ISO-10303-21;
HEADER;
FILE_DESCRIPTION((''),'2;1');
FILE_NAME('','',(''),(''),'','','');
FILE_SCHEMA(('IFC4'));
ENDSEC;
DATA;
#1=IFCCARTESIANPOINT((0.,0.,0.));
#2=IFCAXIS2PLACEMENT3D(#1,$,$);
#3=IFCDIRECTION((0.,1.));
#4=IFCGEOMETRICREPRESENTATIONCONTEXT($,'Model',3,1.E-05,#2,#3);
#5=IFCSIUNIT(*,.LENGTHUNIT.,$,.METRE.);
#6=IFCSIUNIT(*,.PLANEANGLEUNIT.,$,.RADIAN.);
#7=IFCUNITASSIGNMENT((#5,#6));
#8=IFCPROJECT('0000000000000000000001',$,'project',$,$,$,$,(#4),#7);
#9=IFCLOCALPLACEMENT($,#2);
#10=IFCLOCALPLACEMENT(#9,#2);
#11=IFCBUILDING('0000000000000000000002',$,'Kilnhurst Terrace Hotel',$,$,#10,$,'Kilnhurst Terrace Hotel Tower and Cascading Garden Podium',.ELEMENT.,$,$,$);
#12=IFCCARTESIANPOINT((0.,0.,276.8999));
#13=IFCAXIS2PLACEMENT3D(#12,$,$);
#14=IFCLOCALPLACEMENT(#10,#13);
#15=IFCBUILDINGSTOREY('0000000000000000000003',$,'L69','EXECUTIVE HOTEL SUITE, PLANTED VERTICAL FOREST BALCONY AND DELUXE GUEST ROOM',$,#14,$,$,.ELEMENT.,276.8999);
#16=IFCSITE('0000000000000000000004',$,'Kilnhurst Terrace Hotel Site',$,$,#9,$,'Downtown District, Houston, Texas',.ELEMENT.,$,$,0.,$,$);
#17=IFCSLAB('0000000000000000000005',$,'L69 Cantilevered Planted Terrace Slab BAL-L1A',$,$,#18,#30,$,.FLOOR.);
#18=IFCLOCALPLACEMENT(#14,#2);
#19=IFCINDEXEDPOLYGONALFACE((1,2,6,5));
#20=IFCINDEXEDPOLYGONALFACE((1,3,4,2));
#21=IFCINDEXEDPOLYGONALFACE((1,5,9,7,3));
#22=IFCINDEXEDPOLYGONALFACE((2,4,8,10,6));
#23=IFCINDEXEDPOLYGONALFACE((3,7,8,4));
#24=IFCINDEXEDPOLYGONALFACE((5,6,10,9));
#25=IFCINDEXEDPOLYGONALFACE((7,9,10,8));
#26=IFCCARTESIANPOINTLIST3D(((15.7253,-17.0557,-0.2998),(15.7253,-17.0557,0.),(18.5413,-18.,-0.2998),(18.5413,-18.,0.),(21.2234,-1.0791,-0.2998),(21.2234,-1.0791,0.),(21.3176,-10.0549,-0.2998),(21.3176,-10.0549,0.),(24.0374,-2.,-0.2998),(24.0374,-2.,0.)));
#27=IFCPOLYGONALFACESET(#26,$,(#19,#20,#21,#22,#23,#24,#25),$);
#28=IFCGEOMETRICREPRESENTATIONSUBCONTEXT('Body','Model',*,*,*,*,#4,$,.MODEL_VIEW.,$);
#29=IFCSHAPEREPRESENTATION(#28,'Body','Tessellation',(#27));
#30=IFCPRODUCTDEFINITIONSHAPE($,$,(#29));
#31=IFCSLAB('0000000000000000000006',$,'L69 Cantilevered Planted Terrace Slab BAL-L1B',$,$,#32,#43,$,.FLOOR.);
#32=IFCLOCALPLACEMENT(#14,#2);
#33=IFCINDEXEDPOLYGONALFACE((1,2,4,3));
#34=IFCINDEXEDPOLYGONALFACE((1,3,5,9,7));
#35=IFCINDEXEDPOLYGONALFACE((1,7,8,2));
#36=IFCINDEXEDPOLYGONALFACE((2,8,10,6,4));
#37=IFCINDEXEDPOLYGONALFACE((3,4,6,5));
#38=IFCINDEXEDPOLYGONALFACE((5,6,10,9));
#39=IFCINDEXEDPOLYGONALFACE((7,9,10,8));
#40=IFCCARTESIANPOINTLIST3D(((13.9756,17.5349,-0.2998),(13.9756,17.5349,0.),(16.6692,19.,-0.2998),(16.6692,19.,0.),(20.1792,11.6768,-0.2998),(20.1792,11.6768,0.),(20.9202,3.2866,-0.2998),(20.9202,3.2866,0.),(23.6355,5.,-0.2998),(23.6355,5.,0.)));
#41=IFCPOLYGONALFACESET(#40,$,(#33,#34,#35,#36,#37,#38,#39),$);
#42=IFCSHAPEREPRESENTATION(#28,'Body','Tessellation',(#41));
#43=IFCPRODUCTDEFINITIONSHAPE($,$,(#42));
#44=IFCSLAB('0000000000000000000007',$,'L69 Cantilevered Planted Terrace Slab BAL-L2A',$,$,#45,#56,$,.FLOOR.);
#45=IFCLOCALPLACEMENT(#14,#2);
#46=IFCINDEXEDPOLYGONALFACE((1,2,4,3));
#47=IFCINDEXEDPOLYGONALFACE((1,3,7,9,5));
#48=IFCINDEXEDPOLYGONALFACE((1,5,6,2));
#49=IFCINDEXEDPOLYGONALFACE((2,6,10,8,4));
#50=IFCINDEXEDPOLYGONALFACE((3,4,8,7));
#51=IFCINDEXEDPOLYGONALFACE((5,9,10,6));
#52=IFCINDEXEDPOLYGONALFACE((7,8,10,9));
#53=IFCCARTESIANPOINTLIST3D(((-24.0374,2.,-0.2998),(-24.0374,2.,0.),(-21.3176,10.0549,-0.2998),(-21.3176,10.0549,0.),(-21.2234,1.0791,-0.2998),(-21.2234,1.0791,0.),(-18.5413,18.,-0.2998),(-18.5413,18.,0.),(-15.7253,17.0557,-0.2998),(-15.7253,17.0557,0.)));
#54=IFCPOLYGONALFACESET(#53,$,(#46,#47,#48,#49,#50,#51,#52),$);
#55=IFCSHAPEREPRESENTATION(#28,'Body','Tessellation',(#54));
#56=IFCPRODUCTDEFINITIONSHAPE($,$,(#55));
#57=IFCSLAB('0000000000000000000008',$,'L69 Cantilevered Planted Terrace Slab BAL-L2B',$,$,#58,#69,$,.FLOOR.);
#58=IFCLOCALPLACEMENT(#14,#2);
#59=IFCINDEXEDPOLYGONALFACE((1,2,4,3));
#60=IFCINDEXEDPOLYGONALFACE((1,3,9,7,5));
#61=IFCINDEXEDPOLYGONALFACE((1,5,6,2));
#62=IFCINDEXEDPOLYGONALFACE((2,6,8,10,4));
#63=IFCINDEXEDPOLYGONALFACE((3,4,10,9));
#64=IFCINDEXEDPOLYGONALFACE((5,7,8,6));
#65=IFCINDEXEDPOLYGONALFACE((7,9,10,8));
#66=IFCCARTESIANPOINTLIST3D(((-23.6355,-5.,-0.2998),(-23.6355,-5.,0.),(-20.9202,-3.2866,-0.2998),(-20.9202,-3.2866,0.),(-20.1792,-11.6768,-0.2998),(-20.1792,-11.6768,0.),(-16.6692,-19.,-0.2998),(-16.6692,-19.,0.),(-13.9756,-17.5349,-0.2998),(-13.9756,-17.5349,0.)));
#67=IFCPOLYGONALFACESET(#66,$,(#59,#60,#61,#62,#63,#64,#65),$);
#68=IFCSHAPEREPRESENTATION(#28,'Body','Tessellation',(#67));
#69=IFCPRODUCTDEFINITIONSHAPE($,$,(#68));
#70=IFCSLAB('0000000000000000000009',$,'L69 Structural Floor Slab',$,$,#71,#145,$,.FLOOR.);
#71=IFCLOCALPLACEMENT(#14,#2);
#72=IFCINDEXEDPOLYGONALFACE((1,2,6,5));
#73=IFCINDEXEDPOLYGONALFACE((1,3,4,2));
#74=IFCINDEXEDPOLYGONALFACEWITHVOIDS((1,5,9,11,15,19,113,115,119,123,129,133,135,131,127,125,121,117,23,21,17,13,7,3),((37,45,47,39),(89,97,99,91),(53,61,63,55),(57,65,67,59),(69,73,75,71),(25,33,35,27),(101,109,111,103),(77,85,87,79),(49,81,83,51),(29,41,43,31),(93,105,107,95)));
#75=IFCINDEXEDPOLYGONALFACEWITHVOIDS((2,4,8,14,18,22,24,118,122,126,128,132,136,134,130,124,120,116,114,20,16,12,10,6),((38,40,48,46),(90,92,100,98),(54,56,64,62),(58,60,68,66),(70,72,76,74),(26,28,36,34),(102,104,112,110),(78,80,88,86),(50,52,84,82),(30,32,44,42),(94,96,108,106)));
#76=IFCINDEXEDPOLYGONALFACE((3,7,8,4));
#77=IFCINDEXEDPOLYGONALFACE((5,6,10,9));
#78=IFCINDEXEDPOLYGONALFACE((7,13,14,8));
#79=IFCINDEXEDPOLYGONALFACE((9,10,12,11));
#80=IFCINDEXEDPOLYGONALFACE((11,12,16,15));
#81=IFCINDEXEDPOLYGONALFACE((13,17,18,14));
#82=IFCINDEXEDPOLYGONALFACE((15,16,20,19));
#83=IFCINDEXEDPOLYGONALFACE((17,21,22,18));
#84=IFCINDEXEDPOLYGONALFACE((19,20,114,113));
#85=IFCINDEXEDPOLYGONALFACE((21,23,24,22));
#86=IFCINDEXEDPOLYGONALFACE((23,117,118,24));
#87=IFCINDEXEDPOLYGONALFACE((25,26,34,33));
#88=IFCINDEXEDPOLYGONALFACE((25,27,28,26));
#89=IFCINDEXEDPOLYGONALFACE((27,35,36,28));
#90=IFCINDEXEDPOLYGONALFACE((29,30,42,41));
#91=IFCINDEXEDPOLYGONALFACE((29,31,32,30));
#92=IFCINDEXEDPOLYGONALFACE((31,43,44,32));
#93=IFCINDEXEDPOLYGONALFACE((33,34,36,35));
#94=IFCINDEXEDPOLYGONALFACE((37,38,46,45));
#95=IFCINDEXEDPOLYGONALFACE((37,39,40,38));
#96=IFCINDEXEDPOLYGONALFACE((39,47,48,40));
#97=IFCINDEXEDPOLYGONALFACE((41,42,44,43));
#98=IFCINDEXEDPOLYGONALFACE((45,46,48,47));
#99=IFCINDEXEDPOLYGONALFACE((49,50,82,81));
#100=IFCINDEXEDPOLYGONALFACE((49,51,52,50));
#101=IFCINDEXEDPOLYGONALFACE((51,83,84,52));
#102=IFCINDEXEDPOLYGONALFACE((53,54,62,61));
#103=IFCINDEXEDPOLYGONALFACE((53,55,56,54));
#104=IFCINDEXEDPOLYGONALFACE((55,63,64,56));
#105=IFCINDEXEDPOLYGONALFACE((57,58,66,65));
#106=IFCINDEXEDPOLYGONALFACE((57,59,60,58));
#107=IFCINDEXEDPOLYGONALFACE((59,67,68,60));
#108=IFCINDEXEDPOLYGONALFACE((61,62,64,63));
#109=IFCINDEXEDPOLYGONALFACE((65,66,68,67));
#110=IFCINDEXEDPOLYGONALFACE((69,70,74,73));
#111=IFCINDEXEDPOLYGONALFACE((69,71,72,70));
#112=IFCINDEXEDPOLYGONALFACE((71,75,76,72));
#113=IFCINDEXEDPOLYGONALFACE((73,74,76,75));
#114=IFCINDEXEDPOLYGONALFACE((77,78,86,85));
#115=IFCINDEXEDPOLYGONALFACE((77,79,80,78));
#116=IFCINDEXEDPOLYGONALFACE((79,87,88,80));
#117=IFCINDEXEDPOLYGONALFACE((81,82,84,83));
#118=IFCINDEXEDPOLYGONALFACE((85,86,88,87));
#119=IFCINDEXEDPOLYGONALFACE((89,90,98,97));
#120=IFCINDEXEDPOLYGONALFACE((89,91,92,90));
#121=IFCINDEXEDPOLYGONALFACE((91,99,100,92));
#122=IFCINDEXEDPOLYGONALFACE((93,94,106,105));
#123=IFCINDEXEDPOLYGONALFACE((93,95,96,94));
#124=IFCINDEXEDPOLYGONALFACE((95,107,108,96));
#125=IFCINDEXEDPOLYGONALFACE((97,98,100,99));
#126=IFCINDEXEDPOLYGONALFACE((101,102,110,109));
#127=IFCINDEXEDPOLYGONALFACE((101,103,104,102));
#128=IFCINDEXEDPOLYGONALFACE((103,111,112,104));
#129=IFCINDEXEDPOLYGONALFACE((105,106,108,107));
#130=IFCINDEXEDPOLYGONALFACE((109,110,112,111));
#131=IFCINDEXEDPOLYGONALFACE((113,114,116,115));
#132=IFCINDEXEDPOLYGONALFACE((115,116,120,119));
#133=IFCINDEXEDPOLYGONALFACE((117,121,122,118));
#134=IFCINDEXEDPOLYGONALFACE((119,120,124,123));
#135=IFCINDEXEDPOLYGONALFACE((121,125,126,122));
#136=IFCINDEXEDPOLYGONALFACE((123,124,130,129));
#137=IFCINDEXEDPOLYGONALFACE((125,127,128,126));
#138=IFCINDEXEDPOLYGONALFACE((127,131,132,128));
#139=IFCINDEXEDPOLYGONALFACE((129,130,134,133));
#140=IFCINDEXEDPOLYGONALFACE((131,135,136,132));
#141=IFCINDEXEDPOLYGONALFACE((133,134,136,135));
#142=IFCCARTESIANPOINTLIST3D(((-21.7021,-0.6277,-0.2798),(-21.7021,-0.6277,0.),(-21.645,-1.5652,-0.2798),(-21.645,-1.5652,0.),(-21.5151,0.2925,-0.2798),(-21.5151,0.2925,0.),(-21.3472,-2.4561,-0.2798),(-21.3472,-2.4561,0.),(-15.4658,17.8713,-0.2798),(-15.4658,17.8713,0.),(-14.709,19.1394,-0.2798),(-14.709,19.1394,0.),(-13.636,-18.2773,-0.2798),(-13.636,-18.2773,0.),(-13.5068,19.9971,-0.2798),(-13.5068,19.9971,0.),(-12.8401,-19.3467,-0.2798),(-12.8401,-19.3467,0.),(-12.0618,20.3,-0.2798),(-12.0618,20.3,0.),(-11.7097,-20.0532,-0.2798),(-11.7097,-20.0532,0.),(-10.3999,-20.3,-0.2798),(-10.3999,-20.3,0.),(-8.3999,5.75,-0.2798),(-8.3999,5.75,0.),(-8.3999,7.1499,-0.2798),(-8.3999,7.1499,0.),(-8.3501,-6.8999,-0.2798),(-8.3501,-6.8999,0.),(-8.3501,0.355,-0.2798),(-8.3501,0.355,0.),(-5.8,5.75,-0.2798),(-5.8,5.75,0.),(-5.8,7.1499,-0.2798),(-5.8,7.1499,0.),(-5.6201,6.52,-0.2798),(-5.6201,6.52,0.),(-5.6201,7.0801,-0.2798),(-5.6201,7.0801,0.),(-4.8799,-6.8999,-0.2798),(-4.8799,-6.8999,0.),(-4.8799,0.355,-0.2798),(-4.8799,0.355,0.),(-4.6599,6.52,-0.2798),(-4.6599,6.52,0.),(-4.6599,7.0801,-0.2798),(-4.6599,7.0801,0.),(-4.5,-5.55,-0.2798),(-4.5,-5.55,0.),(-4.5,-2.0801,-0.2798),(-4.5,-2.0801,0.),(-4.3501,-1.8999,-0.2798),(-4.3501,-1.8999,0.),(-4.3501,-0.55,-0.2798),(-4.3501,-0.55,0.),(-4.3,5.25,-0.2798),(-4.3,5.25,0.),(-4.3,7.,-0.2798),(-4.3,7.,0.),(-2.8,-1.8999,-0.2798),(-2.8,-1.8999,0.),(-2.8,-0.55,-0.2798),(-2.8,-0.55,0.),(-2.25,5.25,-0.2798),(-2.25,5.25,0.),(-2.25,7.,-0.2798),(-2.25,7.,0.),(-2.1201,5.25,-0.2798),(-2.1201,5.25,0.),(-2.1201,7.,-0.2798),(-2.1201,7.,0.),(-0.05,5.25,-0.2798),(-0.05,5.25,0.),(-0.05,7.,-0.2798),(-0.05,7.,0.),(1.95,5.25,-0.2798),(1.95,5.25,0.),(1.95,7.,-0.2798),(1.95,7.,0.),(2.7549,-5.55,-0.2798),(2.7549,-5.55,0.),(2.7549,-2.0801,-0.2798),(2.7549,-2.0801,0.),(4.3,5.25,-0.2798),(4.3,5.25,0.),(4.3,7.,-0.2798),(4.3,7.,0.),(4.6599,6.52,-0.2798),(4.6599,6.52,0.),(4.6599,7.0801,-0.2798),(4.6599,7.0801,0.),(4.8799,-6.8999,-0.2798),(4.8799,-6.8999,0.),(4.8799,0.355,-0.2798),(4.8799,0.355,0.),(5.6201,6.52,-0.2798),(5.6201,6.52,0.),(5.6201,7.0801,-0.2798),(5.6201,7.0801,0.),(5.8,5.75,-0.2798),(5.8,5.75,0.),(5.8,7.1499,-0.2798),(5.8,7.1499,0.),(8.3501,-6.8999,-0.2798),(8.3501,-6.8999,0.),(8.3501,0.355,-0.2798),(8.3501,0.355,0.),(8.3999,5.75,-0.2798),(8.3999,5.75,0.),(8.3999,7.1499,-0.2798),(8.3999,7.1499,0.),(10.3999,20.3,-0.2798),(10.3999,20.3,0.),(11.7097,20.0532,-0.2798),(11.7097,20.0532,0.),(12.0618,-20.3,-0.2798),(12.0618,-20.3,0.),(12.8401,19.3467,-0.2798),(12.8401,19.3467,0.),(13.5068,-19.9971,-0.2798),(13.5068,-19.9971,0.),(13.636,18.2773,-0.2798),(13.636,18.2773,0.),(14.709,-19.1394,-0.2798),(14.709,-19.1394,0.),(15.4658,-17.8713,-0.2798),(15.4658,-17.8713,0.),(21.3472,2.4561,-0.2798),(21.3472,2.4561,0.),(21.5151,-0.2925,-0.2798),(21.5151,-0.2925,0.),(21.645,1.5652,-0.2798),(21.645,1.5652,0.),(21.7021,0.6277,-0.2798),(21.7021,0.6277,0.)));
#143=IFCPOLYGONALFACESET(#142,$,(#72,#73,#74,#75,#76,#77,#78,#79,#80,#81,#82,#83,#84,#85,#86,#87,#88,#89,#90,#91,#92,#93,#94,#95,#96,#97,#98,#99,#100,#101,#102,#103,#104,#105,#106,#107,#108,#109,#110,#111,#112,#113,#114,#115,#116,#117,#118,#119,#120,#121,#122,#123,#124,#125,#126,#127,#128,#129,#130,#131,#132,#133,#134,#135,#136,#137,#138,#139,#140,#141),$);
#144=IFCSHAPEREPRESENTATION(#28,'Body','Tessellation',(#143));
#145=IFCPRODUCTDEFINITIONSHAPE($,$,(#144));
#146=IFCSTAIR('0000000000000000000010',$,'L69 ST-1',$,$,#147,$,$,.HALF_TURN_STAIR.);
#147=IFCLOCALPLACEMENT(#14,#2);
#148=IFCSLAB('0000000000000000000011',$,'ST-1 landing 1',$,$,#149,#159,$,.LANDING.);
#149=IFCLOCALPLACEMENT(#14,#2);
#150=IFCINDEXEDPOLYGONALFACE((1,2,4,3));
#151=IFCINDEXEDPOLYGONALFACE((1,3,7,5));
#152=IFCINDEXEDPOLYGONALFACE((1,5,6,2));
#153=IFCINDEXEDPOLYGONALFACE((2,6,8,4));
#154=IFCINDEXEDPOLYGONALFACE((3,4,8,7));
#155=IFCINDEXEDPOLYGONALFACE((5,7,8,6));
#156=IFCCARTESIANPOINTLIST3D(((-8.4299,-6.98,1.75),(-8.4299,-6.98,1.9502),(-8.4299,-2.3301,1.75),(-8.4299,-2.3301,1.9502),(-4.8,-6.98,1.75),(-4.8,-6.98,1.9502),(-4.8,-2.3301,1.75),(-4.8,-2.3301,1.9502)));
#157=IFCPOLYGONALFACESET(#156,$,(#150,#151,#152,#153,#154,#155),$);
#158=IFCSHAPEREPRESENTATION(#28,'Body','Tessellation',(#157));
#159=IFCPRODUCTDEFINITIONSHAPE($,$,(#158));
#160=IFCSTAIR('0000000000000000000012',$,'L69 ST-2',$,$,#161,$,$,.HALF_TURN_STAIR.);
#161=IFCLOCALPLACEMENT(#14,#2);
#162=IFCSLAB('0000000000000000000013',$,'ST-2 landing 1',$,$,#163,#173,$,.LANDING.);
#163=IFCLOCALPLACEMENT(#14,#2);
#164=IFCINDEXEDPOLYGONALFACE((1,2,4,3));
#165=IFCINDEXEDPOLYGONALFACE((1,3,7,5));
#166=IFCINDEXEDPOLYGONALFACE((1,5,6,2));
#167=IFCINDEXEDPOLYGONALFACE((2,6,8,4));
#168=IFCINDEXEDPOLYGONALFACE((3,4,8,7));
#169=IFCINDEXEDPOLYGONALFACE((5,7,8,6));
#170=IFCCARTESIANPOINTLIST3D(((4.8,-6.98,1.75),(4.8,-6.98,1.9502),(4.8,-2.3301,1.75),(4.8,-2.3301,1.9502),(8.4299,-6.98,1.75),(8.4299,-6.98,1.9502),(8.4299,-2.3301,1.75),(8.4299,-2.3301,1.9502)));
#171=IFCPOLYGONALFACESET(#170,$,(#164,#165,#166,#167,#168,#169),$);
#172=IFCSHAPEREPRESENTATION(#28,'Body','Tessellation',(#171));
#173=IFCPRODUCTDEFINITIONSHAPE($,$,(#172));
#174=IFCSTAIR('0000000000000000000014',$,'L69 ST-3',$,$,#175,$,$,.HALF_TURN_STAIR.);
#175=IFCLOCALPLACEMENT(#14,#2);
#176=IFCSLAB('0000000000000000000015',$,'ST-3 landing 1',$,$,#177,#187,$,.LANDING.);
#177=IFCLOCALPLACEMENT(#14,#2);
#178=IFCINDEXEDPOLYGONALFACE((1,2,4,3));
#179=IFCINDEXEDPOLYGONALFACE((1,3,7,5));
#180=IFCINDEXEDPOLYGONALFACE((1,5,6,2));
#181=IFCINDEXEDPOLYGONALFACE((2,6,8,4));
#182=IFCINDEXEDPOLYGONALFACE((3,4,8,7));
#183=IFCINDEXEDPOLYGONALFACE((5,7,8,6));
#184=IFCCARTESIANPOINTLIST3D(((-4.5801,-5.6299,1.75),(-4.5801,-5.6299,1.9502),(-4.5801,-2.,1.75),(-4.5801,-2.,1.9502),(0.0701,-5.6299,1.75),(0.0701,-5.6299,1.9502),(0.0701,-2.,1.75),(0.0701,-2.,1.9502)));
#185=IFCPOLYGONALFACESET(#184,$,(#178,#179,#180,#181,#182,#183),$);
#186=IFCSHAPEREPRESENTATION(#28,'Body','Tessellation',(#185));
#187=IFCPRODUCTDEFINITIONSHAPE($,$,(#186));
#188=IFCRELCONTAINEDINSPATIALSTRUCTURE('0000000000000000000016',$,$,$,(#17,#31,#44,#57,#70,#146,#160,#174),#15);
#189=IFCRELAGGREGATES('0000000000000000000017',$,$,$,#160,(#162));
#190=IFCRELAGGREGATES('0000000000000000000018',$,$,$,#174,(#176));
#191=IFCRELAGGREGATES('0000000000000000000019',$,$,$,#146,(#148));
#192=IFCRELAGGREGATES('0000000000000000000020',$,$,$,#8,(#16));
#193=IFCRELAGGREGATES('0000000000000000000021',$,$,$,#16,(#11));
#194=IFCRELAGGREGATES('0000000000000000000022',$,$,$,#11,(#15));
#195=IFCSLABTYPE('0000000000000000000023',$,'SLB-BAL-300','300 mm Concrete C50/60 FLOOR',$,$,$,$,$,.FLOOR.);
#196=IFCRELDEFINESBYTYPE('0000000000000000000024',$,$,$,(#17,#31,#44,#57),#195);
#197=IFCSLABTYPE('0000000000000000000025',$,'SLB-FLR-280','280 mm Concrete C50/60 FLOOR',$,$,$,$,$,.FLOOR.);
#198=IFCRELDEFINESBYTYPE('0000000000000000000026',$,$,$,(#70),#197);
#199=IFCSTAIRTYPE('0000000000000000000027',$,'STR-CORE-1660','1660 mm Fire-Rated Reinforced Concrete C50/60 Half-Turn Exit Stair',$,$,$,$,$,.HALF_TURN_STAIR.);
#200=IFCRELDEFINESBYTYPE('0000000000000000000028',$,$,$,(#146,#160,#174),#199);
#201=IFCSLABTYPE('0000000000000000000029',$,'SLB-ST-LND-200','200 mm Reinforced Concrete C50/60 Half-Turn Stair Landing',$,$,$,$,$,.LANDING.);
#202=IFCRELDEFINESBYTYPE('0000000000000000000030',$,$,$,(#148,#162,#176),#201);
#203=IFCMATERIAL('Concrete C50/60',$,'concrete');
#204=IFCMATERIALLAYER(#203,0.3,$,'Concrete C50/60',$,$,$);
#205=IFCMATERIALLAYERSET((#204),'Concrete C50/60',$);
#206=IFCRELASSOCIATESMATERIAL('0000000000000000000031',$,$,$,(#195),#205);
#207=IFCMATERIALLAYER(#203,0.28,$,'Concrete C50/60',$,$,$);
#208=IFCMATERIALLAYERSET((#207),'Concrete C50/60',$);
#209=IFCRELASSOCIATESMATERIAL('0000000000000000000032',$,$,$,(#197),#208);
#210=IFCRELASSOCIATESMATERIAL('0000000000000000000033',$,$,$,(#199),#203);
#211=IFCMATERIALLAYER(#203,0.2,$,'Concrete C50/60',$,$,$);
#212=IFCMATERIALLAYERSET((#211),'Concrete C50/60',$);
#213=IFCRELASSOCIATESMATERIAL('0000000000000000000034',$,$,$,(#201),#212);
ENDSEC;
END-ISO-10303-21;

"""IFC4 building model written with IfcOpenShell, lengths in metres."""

from ifc_helpers import new_model, si_unit, direction, frame, origin, place, context, subcontext, project, spatial, polyline, outline, extrude, material, layer, layer_set, type_object, element, aggregate, save


model = new_model("IFC4")

# Units and contexts
model_context = context("Model", 3, precision=1e-05, world=origin(), true_north=direction((0.0, 1.0)))
body_context = subcontext(model_context, "Body", "Model", "MODEL_VIEW")
ifc_project = project(units=[si_unit("LENGTHUNIT", "METRE"), si_unit("PLANEANGLEUNIT", "RADIAN")], contexts=[model_context])

# Site, building, storey
site_placement = place(None, origin())
site = spatial("IfcSite", under=ifc_project, at=site_placement, Name="Kilnhurst Terrace Hotel Site", LongName="Downtown District, Houston, Texas", CompositionType="ELEMENT", RefElevation=0.0)
building_placement = place(site_placement, origin())
building = spatial("IfcBuilding", under=site, at=building_placement, Name="Kilnhurst Terrace Hotel", LongName="Kilnhurst Terrace Hotel Tower and Cascading Garden Podium", CompositionType="ELEMENT")
storey_placement = place(building_placement, frame((0.0, 0.0, 276.8999)))
storey = spatial("IfcBuildingStorey", under=building, at=storey_placement, Name="L69", Description="EXECUTIVE HOTEL SUITE, PLANTED VERTICAL FOREST BALCONY AND DELUXE GUEST ROOM", CompositionType="ELEMENT", Elevation=276.8999)

# Slabs
ifc_material_1 = material(Name="Concrete C50/60", Category="concrete")
ifc_layer_1 = layer(ifc_material_1, 0.3, Name="Concrete C50/60")
ifc_layer_set_1 = layer_set([ifc_layer_1], Name="Concrete C50/60")
slab_type_1 = type_object("IfcSlabType", Name="SLB-BAL-300", Description="300 mm Concrete C50/60 FLOOR", PredefinedType="FLOOR", material=ifc_layer_set_1)
slab_1_placement = place(storey_placement, frame((0.0, 0.0, -0.2998)))
element("IfcSlab", 1, at=slab_1_placement, inside=storey, type_object=slab_type_1, Name="L69 Cantilevered Planted Terrace Slab BAL-L1A", PredefinedType="FLOOR", context=body_context, shape_type="SweptSolid", body=[
    extrude(outline(polyline([(21.3176, -10.0549), (18.5413, -18.0), (15.7253, -17.0557), (21.2234, -1.0791), (24.0374, -2.0), (21.3176, -10.0549)])), origin(), (0.0, 0.0, 1.0), 0.2998),
])
slab_2_placement = place(storey_placement, frame((0.0, 0.0, -0.2998)))
element("IfcSlab", 2, at=slab_2_placement, inside=storey, type_object=slab_type_1, Name="L69 Cantilevered Planted Terrace Slab BAL-L1B", PredefinedType="FLOOR", context=body_context, shape_type="SweptSolid", body=[
    extrude(outline(polyline([(23.6355, 5.0), (20.9202, 3.2866), (13.9756, 17.5349), (16.6692, 19.0), (20.1792, 11.6768), (23.6355, 5.0)])), origin(), (0.0, 0.0, 1.0), 0.2998),
])
slab_3_placement = place(storey_placement, frame((0.0, 0.0, -0.2998)))
element("IfcSlab", 3, at=slab_3_placement, inside=storey, type_object=slab_type_1, Name="L69 Cantilevered Planted Terrace Slab BAL-L2A", PredefinedType="FLOOR", context=body_context, shape_type="SweptSolid", body=[
    extrude(outline(polyline([(-18.5413, 18.0), (-15.7253, 17.0557), (-21.2234, 1.0791), (-24.0374, 2.0), (-21.3176, 10.0549), (-18.5413, 18.0)])), origin(), (0.0, 0.0, 1.0), 0.2998),
])
slab_4_placement = place(storey_placement, frame((0.0, 0.0, -0.2998)))
element("IfcSlab", 4, at=slab_4_placement, inside=storey, type_object=slab_type_1, Name="L69 Cantilevered Planted Terrace Slab BAL-L2B", PredefinedType="FLOOR", context=body_context, shape_type="SweptSolid", body=[
    extrude(outline(polyline([(-23.6355, -5.0), (-20.9202, -3.2866), (-13.9756, -17.5349), (-16.6692, -19.0), (-20.1792, -11.6768), (-23.6355, -5.0)])), origin(), (0.0, 0.0, 1.0), 0.2998),
])
ifc_layer_2 = layer(ifc_material_1, 0.28, Name="Concrete C50/60")
ifc_layer_set_2 = layer_set([ifc_layer_2], Name="Concrete C50/60")
slab_type_2 = type_object("IfcSlabType", Name="SLB-FLR-280", Description="280 mm Concrete C50/60 FLOOR", PredefinedType="FLOOR", material=ifc_layer_set_2)
slab_5_placement = place(storey_placement, frame((0.0, 0.0, -0.2798)))
element("IfcSlab", 5, at=slab_5_placement, inside=storey, type_object=slab_type_2, Name="L69 Structural Floor Slab", PredefinedType="FLOOR", context=body_context, shape_type="SweptSolid", body=[
    extrude(outline(polyline([(-13.636, -18.2773), (-12.8401, -19.3467), (-11.7097, -20.0532), (-10.3999, -20.3), (12.0618, -20.3), (13.5068, -19.9971), (14.709, -19.1394), (15.4658, -17.8713), (21.5151, -0.2925), (21.7021, 0.6277), (21.645, 1.5652), (21.3472, 2.4561), (13.636, 18.2773), (12.8401, 19.3467), (11.7097, 20.0532), (10.3999, 20.3), (-12.0618, 20.3), (-13.5068, 19.9971), (-14.709, 19.1394), (-15.4658, 17.8713), (-21.5151, 0.2925), (-21.7021, -0.6277), (-21.645, -1.5652), (-21.3472, -2.4561), (-13.636, -18.2773)]), holes=[polyline([(-8.3501, 0.355), (-4.8799, 0.355), (-4.8799, -6.8999), (-8.3501, -6.8999), (-8.3501, 0.355)]), polyline([(-2.8, -1.8999), (-4.3501, -1.8999), (-4.3501, -0.55), (-2.8, -0.55), (-2.8, -1.8999)]), polyline([(-2.25, 5.25), (-4.3, 5.25), (-4.3, 7.0), (-2.25, 7.0), (-2.25, 5.25)]), polyline([(-2.1201, 5.25), (-2.1201, 7.0), (-0.05, 7.0), (-0.05, 5.25), (-2.1201, 5.25)]), polyline([(-8.3999, 5.75), (-8.3999, 7.1499), (-5.8, 7.1499), (-5.8, 5.75), (-8.3999, 5.75)]), polyline([(-4.6599, 6.52), (-5.6201, 6.52), (-5.6201, 7.0801), (-4.6599, 7.0801), (-4.6599, 6.52)]), polyline([(2.7549, -5.55), (-4.5, -5.55), (-4.5, -2.0801), (2.7549, -2.0801), (2.7549, -5.55)]), polyline([(8.3501, 0.355), (8.3501, -6.8999), (4.8799, -6.8999), (4.8799, 0.355), (8.3501, 0.355)]), polyline([(4.3, 5.25), (1.95, 5.25), (1.95, 7.0), (4.3, 7.0), (4.3, 5.25)]), polyline([(5.8, 5.75), (5.8, 7.1499), (8.3999, 7.1499), (8.3999, 5.75), (5.8, 5.75)]), polyline([(4.6599, 6.52), (4.6599, 7.0801), (5.6201, 7.0801), (5.6201, 6.52), (4.6599, 6.52)])]), origin(), (0.0, 0.0, 1.0), 0.2798),
])

# Stairs, slabs
stair_type = type_object("IfcStairType", Name="STR-CORE-1660", Description="1660 mm Fire-Rated Reinforced Concrete C50/60 Half-Turn Exit Stair", PredefinedType="HALF_TURN_STAIR", material=ifc_material_1)
stair_1_placement = place(storey_placement, origin())
stair_1 = element("IfcStair", 6, at=stair_1_placement, inside=storey, type_object=stair_type, Name="L69 ST-1", PredefinedType="HALF_TURN_STAIR")
ifc_layer_3 = layer(ifc_material_1, 0.2, Name="Concrete C50/60")
ifc_layer_set_3 = layer_set([ifc_layer_3], Name="Concrete C50/60")
slab_type_3 = type_object("IfcSlabType", Name="SLB-ST-LND-200", Description="200 mm Reinforced Concrete C50/60 Half-Turn Stair Landing", PredefinedType="LANDING", material=ifc_layer_set_3)
slab_6_placement = place(storey_placement, frame((0.0, 0.0, 1.75)))
slab_6 = element("IfcSlab", 7, at=slab_6_placement, type_object=slab_type_3, Name="ST-1 landing 1", PredefinedType="LANDING", context=body_context, shape_type="SweptSolid", body=[
    extrude(outline(polyline([(-8.4299, -2.3301), (-4.8, -2.3301), (-4.8, -6.98), (-8.4299, -6.98), (-8.4299, -2.3301)])), origin(), (0.0, 0.0, 1.0), 0.2002),
])
stair_2_placement = place(storey_placement, origin())
stair_2 = element("IfcStair", 8, at=stair_2_placement, inside=storey, type_object=stair_type, Name="L69 ST-2", PredefinedType="HALF_TURN_STAIR")
slab_7_placement = place(storey_placement, frame((0.0, 0.0, 1.75)))
slab_7 = element("IfcSlab", 9, at=slab_7_placement, type_object=slab_type_3, Name="ST-2 landing 1", PredefinedType="LANDING", context=body_context, shape_type="SweptSolid", body=[
    extrude(outline(polyline([(4.8, -2.3301), (8.4299, -2.3301), (8.4299, -6.98), (4.8, -6.98), (4.8, -2.3301)])), origin(), (0.0, 0.0, 1.0), 0.2002),
])
aggregate(stair_2, [slab_7])
stair_3_placement = place(storey_placement, origin())
stair_3 = element("IfcStair", 10, at=stair_3_placement, inside=storey, type_object=stair_type, Name="L69 ST-3", PredefinedType="HALF_TURN_STAIR")
slab_8_placement = place(storey_placement, frame((0.0, 0.0, 1.75)))
slab_8 = element("IfcSlab", 11, at=slab_8_placement, type_object=slab_type_3, Name="ST-3 landing 1", PredefinedType="LANDING", context=body_context, shape_type="SweptSolid", body=[
    extrude(outline(polyline([(0.0701, -2.0), (0.0701, -5.6299), (-4.5801, -5.6299), (-4.5801, -2.0), (0.0701, -2.0)])), origin(), (0.0, 0.0, 1.0), 0.2002),
])
aggregate(stair_3, [slab_8])

aggregate(stair_1, [slab_6])

save(model, "model.ifc")
